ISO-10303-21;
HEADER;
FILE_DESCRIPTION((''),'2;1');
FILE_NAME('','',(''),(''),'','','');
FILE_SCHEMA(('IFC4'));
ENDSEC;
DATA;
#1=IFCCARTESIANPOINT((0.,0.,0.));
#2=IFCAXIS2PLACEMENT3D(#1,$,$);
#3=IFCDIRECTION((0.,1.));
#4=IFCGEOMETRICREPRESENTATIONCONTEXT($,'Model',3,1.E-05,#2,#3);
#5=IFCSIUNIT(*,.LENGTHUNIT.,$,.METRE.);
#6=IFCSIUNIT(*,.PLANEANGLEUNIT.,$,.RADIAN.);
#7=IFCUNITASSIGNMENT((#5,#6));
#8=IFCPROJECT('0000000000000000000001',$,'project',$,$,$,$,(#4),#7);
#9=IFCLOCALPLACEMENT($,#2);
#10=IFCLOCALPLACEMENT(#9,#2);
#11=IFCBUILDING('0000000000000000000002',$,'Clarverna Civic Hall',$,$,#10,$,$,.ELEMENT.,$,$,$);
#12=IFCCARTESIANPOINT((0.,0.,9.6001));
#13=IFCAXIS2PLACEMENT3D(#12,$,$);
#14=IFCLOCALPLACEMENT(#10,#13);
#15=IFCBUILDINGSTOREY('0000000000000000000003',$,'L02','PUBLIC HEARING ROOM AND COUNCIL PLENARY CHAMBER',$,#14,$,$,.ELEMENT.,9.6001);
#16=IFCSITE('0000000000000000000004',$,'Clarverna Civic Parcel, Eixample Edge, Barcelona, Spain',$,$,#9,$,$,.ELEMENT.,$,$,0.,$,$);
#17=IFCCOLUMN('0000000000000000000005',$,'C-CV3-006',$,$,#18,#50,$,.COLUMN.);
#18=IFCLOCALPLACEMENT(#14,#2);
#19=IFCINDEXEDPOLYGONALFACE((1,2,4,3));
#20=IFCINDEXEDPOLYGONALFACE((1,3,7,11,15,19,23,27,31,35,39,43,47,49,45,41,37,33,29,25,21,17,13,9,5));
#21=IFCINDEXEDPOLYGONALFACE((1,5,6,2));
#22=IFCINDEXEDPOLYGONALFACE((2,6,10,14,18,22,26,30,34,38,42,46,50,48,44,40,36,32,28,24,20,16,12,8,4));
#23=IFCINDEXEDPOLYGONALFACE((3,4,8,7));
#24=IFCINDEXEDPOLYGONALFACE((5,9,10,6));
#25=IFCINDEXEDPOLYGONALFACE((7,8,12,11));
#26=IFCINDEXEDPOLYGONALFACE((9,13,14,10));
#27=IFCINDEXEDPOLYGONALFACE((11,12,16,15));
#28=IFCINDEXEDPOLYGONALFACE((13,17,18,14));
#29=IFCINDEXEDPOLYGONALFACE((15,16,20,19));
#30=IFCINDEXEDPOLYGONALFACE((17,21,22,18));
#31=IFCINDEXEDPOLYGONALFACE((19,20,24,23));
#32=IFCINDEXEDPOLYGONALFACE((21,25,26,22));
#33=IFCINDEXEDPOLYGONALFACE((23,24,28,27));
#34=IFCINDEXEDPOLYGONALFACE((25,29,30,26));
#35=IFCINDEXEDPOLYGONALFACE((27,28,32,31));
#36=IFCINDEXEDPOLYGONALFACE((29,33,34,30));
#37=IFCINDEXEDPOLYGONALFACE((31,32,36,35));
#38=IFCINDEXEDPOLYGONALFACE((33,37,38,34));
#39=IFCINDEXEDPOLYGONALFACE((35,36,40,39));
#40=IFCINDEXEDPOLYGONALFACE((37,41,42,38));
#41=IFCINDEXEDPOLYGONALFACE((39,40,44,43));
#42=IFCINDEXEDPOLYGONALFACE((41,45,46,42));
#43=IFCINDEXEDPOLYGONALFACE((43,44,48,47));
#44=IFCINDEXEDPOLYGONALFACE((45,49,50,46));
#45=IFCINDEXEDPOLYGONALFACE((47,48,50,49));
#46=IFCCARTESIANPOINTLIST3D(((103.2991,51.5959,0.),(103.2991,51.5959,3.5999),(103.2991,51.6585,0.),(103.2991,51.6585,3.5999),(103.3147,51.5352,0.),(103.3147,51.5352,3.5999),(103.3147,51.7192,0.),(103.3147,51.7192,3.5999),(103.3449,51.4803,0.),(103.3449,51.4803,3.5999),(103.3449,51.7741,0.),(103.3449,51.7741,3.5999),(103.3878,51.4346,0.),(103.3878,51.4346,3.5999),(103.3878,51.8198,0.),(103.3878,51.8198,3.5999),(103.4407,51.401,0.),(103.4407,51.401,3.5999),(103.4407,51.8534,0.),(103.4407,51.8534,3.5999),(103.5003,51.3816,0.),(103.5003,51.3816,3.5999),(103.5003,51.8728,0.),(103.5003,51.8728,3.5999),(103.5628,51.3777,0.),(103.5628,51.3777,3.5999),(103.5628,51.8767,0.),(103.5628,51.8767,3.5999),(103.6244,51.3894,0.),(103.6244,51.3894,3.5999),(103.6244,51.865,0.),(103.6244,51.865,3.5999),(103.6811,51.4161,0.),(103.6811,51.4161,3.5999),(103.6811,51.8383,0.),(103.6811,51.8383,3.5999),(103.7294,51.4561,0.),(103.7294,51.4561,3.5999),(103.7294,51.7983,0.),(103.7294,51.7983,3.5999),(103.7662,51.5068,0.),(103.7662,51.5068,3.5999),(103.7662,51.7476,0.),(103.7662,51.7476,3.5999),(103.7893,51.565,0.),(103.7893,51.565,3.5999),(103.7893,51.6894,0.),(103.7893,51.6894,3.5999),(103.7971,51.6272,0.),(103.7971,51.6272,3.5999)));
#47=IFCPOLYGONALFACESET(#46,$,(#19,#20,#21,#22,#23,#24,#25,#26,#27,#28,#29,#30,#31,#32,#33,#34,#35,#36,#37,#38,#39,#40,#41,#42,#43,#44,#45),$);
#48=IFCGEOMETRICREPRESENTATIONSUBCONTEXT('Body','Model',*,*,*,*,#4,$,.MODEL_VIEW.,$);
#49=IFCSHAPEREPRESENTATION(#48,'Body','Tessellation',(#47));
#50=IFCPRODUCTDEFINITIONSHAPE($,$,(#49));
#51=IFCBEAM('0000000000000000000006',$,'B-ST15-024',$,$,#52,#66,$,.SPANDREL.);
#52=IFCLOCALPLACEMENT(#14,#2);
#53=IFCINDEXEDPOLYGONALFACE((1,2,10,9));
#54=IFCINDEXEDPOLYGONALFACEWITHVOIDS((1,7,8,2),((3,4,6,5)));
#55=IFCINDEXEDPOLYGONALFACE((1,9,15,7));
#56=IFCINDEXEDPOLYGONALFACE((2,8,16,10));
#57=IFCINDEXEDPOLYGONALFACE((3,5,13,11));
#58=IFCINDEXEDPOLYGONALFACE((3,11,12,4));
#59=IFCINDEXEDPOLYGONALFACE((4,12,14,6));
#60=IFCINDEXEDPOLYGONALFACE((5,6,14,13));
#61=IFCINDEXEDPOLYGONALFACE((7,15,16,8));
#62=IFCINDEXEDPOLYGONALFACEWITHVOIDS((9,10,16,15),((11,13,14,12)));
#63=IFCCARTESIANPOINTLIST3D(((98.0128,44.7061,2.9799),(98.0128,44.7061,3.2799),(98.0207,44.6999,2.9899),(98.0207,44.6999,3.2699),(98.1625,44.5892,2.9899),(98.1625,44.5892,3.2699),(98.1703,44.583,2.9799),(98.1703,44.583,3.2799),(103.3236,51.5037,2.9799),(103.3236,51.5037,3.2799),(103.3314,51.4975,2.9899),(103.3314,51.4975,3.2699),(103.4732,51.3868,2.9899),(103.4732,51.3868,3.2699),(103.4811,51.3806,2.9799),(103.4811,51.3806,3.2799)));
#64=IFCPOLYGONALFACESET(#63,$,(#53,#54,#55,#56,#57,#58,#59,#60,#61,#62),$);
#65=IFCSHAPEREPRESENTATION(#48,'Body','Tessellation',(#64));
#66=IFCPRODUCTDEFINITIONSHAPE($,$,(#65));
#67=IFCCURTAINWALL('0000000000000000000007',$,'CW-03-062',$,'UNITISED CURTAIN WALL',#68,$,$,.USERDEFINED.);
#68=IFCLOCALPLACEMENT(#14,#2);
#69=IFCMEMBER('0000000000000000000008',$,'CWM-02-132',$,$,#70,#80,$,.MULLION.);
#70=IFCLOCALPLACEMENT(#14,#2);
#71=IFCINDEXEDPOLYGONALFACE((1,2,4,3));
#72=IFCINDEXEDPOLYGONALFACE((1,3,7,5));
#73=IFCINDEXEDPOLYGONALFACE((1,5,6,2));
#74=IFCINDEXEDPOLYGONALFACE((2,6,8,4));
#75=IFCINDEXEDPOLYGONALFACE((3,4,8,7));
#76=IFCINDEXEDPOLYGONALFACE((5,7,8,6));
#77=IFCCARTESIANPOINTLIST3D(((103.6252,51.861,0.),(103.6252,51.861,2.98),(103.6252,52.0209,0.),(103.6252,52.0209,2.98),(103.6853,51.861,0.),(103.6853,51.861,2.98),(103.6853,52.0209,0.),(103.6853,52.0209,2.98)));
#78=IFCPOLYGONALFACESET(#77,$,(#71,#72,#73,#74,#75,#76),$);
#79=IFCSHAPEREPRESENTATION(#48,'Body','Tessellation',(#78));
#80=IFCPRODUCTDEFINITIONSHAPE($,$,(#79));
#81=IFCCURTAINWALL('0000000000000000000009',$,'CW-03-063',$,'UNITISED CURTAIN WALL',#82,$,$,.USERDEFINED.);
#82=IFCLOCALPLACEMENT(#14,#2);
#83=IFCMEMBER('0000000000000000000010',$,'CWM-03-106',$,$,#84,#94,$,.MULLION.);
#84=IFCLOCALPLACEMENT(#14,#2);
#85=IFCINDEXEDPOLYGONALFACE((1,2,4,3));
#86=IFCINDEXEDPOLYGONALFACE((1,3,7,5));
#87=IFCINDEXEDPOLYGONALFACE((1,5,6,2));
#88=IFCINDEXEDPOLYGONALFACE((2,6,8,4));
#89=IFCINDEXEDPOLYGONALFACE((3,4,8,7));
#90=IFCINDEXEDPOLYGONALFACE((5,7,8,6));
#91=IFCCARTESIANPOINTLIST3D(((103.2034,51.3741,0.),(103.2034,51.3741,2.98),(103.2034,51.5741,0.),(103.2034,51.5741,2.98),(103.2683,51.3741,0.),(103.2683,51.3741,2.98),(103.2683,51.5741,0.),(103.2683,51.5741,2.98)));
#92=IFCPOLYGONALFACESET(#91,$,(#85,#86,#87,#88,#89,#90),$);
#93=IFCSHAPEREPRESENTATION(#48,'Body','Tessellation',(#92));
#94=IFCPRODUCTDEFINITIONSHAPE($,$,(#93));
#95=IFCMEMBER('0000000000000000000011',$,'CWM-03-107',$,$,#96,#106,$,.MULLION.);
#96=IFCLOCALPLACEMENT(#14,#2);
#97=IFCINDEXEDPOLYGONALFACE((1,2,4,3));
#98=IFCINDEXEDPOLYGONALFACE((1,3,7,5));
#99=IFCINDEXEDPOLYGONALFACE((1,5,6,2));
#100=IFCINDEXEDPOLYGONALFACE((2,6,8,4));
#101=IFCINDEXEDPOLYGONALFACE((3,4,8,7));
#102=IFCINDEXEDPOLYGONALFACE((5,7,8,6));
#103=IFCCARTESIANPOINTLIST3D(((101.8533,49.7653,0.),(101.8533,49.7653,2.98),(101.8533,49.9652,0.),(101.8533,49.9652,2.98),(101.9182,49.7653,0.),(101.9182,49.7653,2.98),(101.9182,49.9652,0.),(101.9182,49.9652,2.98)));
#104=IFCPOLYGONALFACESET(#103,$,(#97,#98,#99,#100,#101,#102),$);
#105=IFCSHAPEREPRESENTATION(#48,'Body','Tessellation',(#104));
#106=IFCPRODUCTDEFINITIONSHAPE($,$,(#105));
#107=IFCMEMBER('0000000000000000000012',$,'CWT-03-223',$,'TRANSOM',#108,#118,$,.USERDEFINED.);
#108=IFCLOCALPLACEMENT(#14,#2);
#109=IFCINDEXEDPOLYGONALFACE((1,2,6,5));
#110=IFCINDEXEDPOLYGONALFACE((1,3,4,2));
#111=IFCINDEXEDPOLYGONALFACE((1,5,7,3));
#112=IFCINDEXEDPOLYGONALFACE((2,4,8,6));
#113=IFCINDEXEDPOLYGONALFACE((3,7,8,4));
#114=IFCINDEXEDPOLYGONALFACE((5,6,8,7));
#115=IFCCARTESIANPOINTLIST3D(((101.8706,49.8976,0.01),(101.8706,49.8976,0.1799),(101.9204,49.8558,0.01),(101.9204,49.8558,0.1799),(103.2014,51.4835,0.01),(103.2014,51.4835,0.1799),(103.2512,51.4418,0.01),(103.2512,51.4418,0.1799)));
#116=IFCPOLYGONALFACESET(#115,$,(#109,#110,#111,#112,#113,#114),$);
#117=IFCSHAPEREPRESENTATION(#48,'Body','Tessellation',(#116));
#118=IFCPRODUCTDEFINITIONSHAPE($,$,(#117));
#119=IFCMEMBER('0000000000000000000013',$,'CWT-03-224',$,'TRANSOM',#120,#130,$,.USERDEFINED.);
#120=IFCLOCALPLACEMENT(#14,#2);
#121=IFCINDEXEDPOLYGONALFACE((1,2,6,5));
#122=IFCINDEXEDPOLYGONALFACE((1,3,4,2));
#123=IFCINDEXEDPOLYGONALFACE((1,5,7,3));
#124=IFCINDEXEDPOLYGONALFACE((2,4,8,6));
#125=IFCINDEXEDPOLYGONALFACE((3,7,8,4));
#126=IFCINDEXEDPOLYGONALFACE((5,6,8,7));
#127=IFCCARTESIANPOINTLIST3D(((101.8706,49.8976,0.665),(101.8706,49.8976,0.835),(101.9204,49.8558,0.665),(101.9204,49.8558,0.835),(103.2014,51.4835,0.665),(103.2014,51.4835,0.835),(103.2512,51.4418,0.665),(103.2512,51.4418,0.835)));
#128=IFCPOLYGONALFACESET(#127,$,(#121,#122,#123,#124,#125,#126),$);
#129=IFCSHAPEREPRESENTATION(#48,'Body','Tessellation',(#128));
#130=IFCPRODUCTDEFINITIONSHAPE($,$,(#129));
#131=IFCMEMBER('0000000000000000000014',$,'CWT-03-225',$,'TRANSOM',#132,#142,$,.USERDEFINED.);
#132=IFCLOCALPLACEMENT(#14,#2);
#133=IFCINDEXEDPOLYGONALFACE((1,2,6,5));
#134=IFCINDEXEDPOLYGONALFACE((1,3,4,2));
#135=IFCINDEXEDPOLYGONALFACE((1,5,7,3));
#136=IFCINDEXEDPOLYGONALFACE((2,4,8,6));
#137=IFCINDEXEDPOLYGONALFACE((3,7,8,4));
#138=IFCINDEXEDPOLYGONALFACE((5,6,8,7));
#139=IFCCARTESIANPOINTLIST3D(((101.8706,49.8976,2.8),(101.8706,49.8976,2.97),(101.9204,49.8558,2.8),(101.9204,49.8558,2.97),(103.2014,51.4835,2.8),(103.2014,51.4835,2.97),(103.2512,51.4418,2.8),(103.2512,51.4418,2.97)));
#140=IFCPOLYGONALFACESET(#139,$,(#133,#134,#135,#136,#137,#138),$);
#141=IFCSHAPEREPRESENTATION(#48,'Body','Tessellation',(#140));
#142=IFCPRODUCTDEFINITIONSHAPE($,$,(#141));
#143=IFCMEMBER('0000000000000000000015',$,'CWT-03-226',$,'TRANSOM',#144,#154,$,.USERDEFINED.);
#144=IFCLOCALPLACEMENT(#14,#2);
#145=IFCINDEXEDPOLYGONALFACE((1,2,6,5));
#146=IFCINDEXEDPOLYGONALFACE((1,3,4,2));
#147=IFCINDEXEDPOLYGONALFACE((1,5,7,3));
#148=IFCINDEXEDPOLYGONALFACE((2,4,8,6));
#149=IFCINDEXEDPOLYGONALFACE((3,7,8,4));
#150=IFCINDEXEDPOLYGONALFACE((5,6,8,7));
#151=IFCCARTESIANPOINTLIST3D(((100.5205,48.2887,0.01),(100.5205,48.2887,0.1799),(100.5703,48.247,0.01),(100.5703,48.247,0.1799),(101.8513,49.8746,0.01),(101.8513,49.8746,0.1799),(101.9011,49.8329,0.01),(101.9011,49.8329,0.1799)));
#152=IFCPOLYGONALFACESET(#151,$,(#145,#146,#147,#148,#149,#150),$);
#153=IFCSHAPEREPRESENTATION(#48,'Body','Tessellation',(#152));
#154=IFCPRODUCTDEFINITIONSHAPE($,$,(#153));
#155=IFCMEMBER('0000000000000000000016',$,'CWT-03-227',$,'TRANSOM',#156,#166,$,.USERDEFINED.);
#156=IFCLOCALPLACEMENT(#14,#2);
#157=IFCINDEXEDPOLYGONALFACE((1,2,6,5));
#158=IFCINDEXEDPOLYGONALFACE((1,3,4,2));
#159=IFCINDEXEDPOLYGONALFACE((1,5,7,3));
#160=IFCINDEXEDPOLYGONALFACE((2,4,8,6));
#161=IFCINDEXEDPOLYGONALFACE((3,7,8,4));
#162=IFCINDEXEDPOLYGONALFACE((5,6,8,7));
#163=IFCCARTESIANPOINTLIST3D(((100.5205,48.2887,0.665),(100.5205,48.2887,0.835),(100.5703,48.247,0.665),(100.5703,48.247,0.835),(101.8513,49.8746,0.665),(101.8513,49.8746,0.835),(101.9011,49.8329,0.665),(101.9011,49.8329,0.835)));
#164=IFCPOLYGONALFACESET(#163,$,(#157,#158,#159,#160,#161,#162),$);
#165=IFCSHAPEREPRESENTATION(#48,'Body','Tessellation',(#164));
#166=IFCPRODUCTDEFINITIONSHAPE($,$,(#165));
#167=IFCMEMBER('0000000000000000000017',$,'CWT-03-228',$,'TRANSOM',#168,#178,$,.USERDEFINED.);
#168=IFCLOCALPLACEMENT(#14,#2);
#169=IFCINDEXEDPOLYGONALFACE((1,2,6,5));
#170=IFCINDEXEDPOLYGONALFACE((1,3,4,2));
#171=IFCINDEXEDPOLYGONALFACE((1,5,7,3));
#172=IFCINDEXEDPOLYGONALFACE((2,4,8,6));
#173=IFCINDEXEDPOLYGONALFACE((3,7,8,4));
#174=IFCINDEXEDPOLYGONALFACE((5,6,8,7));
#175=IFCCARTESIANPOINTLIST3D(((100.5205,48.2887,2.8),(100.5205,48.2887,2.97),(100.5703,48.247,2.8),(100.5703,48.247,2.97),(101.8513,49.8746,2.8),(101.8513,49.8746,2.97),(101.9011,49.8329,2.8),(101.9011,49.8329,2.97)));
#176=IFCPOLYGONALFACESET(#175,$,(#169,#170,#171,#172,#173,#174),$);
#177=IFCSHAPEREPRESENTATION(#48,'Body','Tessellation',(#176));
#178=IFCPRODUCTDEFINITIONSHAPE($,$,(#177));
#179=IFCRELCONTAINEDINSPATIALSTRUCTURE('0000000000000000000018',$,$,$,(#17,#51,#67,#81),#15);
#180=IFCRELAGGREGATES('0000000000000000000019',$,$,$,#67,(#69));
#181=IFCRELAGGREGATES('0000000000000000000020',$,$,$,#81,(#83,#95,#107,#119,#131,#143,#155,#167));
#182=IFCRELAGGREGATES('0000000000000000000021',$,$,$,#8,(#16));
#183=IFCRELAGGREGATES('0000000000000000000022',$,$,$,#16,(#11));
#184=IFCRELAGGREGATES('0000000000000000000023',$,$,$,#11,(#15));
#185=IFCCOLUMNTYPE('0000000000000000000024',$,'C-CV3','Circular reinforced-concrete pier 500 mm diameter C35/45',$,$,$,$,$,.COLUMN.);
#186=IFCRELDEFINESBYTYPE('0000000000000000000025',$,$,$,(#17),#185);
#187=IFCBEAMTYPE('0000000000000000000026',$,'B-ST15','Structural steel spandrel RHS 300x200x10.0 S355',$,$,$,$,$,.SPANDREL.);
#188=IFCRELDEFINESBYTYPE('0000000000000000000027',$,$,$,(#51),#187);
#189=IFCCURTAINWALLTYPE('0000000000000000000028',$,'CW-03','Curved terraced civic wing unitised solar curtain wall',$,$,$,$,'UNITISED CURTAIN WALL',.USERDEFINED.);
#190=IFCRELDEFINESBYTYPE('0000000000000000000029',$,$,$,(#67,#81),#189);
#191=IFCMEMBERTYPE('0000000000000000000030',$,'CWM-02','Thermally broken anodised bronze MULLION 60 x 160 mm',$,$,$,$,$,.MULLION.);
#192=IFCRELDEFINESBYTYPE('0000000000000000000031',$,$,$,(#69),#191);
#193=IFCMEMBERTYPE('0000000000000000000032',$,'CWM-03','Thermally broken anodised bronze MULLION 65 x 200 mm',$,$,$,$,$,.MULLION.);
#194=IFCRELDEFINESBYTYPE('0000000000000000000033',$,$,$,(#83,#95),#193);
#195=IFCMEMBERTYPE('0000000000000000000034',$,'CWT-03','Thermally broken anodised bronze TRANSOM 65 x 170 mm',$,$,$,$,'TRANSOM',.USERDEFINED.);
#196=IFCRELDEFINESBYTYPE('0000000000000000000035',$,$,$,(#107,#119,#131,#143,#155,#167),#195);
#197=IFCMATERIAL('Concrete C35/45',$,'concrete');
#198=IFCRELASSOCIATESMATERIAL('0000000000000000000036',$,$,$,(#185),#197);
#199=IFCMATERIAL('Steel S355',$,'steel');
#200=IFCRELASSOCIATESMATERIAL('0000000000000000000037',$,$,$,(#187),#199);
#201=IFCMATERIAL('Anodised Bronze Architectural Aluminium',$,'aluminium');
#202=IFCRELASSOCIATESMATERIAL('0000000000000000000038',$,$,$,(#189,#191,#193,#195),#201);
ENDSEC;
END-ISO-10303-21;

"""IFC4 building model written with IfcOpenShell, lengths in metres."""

from ifc_helpers import new_model, si_unit, direction, frame, origin, origin_2d, place, context, subcontext, project, spatial, rectangle, hollow_rectangle, circle, extrude, material, material_profile, profile_set, type_object, element, aggregate, save


model = new_model("IFC4")

# Units and contexts
model_context = context("Model", 3, precision=1e-05, world=origin(), true_north=direction((0.0, 1.0)))
body_context = subcontext(model_context, "Body", "Model", "MODEL_VIEW")
ifc_project = project(units=[si_unit("LENGTHUNIT", "METRE"), si_unit("PLANEANGLEUNIT", "RADIAN")], contexts=[model_context])

# Site, building, storey
site_placement = place(None, origin())
site = spatial("IfcSite", under=ifc_project, at=site_placement, Name="Clarverna Civic Parcel, Eixample Edge, Barcelona, Spain", CompositionType="ELEMENT", RefElevation=0.0)
building_placement = place(site_placement, origin())
building = spatial("IfcBuilding", under=site, at=building_placement, Name="Clarverna Civic Hall", CompositionType="ELEMENT")
storey_placement = place(building_placement, frame((0.0, 0.0, 9.6001)))
storey = spatial("IfcBuildingStorey", under=building, at=storey_placement, Name="L02", Description="PUBLIC HEARING ROOM AND COUNCIL PLENARY CHAMBER", CompositionType="ELEMENT", Elevation=9.6001)

# Column
ifc_material_1 = material(Name="Concrete C35/45", Category="concrete")
ifc_material_profile_1 = material_profile(ifc_material_1, circle(Radius=0.25, at=origin_2d()), Name="RC D500")
ifc_profile_set_1 = profile_set([ifc_material_profile_1], Name="Concrete C35/45")
column_type = type_object("IfcColumnType", Name="C-CV3", Description="Circular reinforced-concrete pier 500 mm diameter C35/45", PredefinedType="COLUMN", material=ifc_profile_set_1)
column_placement = place(storey_placement, frame((103.5471, 51.6272, 0.0), z_axis=(0.0, 0.0, 1.0), x_axis=(1.0, 0.0, 0.0)))
element("IfcColumn", 1, at=column_placement, inside=storey, type_object=column_type, Name="C-CV3-006", PredefinedType="COLUMN", context=body_context, shape_type="SweptSolid", body=[
    extrude(circle(Radius=0.25, at=origin_2d()), origin(), (0.0, 0.0, 1.0), 3.5999),
])

# Beam
ifc_material_2 = material(Name="Steel S355", Category="steel")
ifc_material_profile_2 = material_profile(ifc_material_2, hollow_rectangle(XDim=0.2, YDim=0.3, WallThickness=0.01, at=origin_2d()), Name="RHS 300x200x10.0")
ifc_profile_set_2 = profile_set([ifc_material_profile_2], Name="Steel S355")
beam_type = type_object("IfcBeamType", Name="B-ST15", Description="Structural steel spandrel RHS 300x200x10.0 S355", PredefinedType="SPANDREL", material=ifc_profile_set_2)
beam_placement = place(storey_placement, frame((103.4023, 51.4421, 3.1299), z_axis=(-0.615656, -0.788015, 0.0), x_axis=(0.788015, -0.615656, 0.0)))
element("IfcBeam", 2, at=beam_placement, inside=storey, type_object=beam_type, Name="B-ST15-024", PredefinedType="SPANDREL", context=body_context, shape_type="SweptSolid", body=[
    extrude(hollow_rectangle(XDim=0.2, YDim=0.3, WallThickness=0.01, at=origin_2d()), origin(), (0.0, 0.0, 1.0), 8.6262),
])

# Curtain wall, member
ifc_material_3 = material(Name="Anodised Bronze Architectural Aluminium", Category="aluminium")
curtain_wall_type = type_object("IfcCurtainWallType", Name="CW-03", Description="Curved terraced civic wing unitised solar curtain wall", ElementType="UNITISED CURTAIN WALL", PredefinedType="USERDEFINED", material=ifc_material_3)
curtain_wall_1_placement = place(storey_placement, origin())
curtain_wall_1 = element("IfcCurtainWall", 3, at=curtain_wall_1_placement, inside=storey, type_object=curtain_wall_type, Name="CW-03-062", ObjectType="UNITISED CURTAIN WALL", PredefinedType="USERDEFINED")
ifc_material_profile_3 = material_profile(ifc_material_3, rectangle(XDim=0.0601, YDim=0.1599, at=origin_2d()), Name="BRONZE 60x160")
ifc_profile_set_3 = profile_set([ifc_material_profile_3], Name="Anodised Bronze Architectural Aluminium")
member_type_1 = type_object("IfcMemberType", Name="CWM-02", Description="Thermally broken anodised bronze MULLION 60 x 160 mm", PredefinedType="MULLION", material=ifc_profile_set_3)
member_1_placement = place(storey_placement, frame((103.6553, 51.9409, 0.0), z_axis=(0.0, 0.0, 1.0), x_axis=(1.0, 0.0, 0.0)))
member_1 = element("IfcMember", 4, at=member_1_placement, type_object=member_type_1, Name="CWM-02-132", PredefinedType="MULLION", context=body_context, shape_type="SweptSolid", body=[
    extrude(rectangle(XDim=0.0601, YDim=0.1599, at=origin_2d()), origin(), (0.0, 0.0, 1.0), 2.98),
])
aggregate(curtain_wall_1, [member_1])

# Curtain wall, members
curtain_wall_2_placement = place(storey_placement, origin())
curtain_wall_2 = element("IfcCurtainWall", 5, at=curtain_wall_2_placement, inside=storey, type_object=curtain_wall_type, Name="CW-03-063", ObjectType="UNITISED CURTAIN WALL", PredefinedType="USERDEFINED")
ifc_material_profile_4 = material_profile(ifc_material_3, rectangle(XDim=0.0649, YDim=0.2, at=origin_2d()), Name="BRONZE 65x200")
ifc_profile_set_4 = profile_set([ifc_material_profile_4], Name="Anodised Bronze Architectural Aluminium")
member_type_2 = type_object("IfcMemberType", Name="CWM-03", Description="Thermally broken anodised bronze MULLION 65 x 200 mm", PredefinedType="MULLION", material=ifc_profile_set_4)
member_2_placement = place(storey_placement, frame((103.2358, 51.4741, 0.0), z_axis=(0.0, 0.0, 1.0), x_axis=(1.0, 0.0, 0.0)))
member_2 = element("IfcMember", 6, at=member_2_placement, type_object=member_type_2, Name="CWM-03-106", PredefinedType="MULLION", context=body_context, shape_type="SweptSolid", body=[
    extrude(rectangle(XDim=0.0649, YDim=0.2, at=origin_2d()), origin(), (0.0, 0.0, 1.0), 2.98),
])
member_3_placement = place(storey_placement, frame((101.8857, 49.8652, 0.0), z_axis=(0.0, 0.0, 1.0), x_axis=(1.0, 0.0, 0.0)))
member_3 = element("IfcMember", 7, at=member_3_placement, type_object=member_type_2, Name="CWM-03-107", PredefinedType="MULLION", context=body_context, shape_type="SweptSolid", body=[
    extrude(rectangle(XDim=0.0649, YDim=0.2, at=origin_2d()), origin(), (0.0, 0.0, 1.0), 2.98),
])
ifc_material_profile_5 = material_profile(ifc_material_3, rectangle(XDim=0.0649, YDim=0.1699, at=origin_2d()), Name="BRONZE 65x170")
ifc_profile_set_5 = profile_set([ifc_material_profile_5], Name="Anodised Bronze Architectural Aluminium")
member_type_3 = type_object("IfcMemberType", Name="CWT-03", Description="Thermally broken anodised bronze TRANSOM 65 x 170 mm", ElementType="TRANSOM", PredefinedType="USERDEFINED", material=ifc_profile_set_5)
member_4_placement = place(storey_placement, frame((103.2263, 51.4626, 0.095), z_axis=(-0.642802, -0.766032, 0.0), x_axis=(0.766032, -0.642802, 0.0)))
member_4 = element("IfcMember", 8, at=member_4_placement, type_object=member_type_3, Name="CWT-03-223", ObjectType="TRANSOM", PredefinedType="USERDEFINED", context=body_context, shape_type="SweptSolid", body=[
    extrude(rectangle(XDim=0.0649, YDim=0.1699, at=origin_2d()), origin(), (0.0, 0.0, 1.0), 2.0703),
])
member_5_placement = place(storey_placement, frame((103.2263, 51.4626, 0.75), z_axis=(-0.642802, -0.766032, 0.0), x_axis=(0.766032, -0.642802, 0.0)))
member_5 = element("IfcMember", 9, at=member_5_placement, type_object=member_type_3, Name="CWT-03-224", ObjectType="TRANSOM", PredefinedType="USERDEFINED", context=body_context, shape_type="SweptSolid", body=[
    extrude(rectangle(XDim=0.0649, YDim=0.1699, at=origin_2d()), origin(), (0.0, 0.0, 1.0), 2.0703),
])
member_6_placement = place(storey_placement, frame((103.2263, 51.4626, 2.885), z_axis=(-0.642802, -0.766032, 0.0), x_axis=(0.766032, -0.642802, 0.0)))
member_6 = element("IfcMember", 10, at=member_6_placement, type_object=member_type_3, Name="CWT-03-225", ObjectType="TRANSOM", PredefinedType="USERDEFINED", context=body_context, shape_type="SweptSolid", body=[
    extrude(rectangle(XDim=0.0649, YDim=0.1699, at=origin_2d()), origin(), (0.0, 0.0, 1.0), 2.0703),
])
member_7_placement = place(storey_placement, frame((101.8762, 49.8538, 0.095), z_axis=(-0.642802, -0.766032, 0.0), x_axis=(0.766032, -0.642802, 0.0)))
member_7 = element("IfcMember", 11, at=member_7_placement, type_object=member_type_3, Name="CWT-03-226", ObjectType="TRANSOM", PredefinedType="USERDEFINED", context=body_context, shape_type="SweptSolid", body=[
    extrude(rectangle(XDim=0.0649, YDim=0.1699, at=origin_2d()), origin(), (0.0, 0.0, 1.0), 2.0703),
])
member_8_placement = place(storey_placement, frame((101.8762, 49.8538, 0.75), z_axis=(-0.642802, -0.766032, 0.0), x_axis=(0.766032, -0.642802, 0.0)))
member_8 = element("IfcMember", 12, at=member_8_placement, type_object=member_type_3, Name="CWT-03-227", ObjectType="TRANSOM", PredefinedType="USERDEFINED", context=body_context, shape_type="SweptSolid", body=[
    extrude(rectangle(XDim=0.0649, YDim=0.1699, at=origin_2d()), origin(), (0.0, 0.0, 1.0), 2.0703),
])
member_9_placement = place(storey_placement, frame((101.8762, 49.8538, 2.885), z_axis=(-0.642802, -0.766032, 0.0), x_axis=(0.766032, -0.642802, 0.0)))
member_9 = element("IfcMember", 13, at=member_9_placement, type_object=member_type_3, Name="CWT-03-228", ObjectType="TRANSOM", PredefinedType="USERDEFINED", context=body_context, shape_type="SweptSolid", body=[
    extrude(rectangle(XDim=0.0649, YDim=0.1699, at=origin_2d()), origin(), (0.0, 0.0, 1.0), 2.0703),
])
aggregate(curtain_wall_2, [member_2, member_3, member_4, member_5, member_6, member_7, member_8, member_9])

save(model, "model.ifc")
